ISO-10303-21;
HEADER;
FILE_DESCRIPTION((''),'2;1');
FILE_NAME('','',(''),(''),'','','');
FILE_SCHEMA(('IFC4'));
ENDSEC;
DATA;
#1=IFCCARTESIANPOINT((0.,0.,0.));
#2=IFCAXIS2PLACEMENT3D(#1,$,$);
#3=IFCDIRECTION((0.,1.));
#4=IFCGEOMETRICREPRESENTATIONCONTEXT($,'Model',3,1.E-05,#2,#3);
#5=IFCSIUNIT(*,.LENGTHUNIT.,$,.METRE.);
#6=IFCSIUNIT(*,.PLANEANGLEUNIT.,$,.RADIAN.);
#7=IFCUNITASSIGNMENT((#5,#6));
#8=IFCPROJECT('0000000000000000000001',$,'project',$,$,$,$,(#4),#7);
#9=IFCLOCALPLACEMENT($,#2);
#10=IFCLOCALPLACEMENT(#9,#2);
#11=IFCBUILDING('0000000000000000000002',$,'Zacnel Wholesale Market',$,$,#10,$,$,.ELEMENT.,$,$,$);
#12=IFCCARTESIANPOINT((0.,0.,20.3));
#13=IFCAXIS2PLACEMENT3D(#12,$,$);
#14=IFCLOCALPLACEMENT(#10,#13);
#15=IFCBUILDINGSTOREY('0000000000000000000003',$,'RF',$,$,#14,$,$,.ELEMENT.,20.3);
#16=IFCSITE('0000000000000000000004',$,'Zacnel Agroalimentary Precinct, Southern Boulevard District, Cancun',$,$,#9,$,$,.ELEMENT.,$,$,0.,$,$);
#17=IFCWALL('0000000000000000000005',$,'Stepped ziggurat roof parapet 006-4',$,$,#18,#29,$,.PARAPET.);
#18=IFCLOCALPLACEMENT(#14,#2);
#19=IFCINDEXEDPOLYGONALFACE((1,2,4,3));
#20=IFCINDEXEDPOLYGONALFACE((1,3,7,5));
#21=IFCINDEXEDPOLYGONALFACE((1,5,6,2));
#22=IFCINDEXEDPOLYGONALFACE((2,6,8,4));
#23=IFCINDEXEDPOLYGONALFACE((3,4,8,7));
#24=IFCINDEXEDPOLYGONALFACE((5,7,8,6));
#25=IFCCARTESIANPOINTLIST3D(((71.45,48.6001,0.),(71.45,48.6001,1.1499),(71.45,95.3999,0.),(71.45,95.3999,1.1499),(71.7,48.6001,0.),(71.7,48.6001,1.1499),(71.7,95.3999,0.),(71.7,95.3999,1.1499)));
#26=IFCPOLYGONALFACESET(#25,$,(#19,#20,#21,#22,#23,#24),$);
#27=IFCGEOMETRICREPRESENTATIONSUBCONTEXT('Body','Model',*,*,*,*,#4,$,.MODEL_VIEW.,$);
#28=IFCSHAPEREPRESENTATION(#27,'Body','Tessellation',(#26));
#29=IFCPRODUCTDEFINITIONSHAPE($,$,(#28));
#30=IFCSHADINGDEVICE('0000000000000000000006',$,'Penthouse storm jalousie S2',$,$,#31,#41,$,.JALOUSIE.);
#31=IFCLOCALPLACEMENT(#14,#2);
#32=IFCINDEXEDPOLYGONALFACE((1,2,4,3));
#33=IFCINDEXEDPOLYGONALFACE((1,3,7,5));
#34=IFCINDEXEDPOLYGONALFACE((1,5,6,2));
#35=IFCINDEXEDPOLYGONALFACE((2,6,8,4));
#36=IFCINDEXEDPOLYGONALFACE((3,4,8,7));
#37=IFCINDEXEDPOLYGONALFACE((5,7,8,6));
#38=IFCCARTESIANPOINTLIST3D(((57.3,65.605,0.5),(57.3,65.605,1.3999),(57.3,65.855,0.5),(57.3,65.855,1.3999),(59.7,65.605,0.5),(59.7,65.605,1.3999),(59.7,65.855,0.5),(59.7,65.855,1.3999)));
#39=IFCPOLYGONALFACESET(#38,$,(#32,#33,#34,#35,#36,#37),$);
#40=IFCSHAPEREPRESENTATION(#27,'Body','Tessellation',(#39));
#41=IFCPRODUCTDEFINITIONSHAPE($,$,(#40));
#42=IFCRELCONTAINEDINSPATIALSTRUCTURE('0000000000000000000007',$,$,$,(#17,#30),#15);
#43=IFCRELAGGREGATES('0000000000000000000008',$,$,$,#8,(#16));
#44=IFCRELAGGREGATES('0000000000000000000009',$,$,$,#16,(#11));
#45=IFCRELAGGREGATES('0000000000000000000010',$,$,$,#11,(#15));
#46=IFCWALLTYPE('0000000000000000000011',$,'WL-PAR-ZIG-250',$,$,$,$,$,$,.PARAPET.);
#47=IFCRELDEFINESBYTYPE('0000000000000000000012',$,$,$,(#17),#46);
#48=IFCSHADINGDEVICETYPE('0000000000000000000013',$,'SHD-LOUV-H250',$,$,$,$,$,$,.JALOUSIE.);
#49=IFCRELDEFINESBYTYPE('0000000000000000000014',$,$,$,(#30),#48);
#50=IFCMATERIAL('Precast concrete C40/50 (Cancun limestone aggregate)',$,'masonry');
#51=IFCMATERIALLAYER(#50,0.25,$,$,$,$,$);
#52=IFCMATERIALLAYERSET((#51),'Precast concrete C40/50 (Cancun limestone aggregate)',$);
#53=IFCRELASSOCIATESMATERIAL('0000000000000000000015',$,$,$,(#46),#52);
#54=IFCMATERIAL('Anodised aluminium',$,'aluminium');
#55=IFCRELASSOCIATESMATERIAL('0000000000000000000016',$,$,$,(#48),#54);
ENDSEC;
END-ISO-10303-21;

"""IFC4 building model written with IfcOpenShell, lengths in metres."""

from ifc_helpers import new_model, si_unit, direction, frame, frame_2d, origin, origin_2d, place, context, subcontext, project, spatial, rectangle, extrude, material, layer, layer_set, type_object, element, save


model = new_model("IFC4")

# Units and contexts
model_context = context("Model", 3, precision=1e-05, world=origin(), true_north=direction((0.0, 1.0)))
body_context = subcontext(model_context, "Body", "Model", "MODEL_VIEW")
ifc_project = project(units=[si_unit("LENGTHUNIT", "METRE"), si_unit("PLANEANGLEUNIT", "RADIAN")], contexts=[model_context])

# Site, building, storey
site_placement = place(None, origin())
site = spatial("IfcSite", under=ifc_project, at=site_placement, Name="Zacnel Agroalimentary Precinct, Southern Boulevard District, Cancun", CompositionType="ELEMENT", RefElevation=0.0)
building_placement = place(site_placement, origin())
building = spatial("IfcBuilding", under=site, at=building_placement, Name="Zacnel Wholesale Market", CompositionType="ELEMENT")
storey_placement = place(building_placement, frame((0.0, 0.0, 20.3)))
storey = spatial("IfcBuildingStorey", under=building, at=storey_placement, Name="RF", CompositionType="ELEMENT", Elevation=20.3)

# Wall
ifc_material_1 = material(Name="Precast concrete C40/50 (Cancun limestone aggregate)", Category="masonry")
ifc_layer_1 = layer(ifc_material_1, 0.25)
ifc_layer_set_1 = layer_set([ifc_layer_1], Name="Precast concrete C40/50 (Cancun limestone aggregate)")
wall_type_1 = type_object("IfcWallType", Name="WL-PAR-ZIG-250", PredefinedType="PARAPET", material=ifc_layer_set_1)
wall_1_placement = place(storey_placement, frame((71.575, 48.6001, 0.0), z_axis=(0.0, 0.0, 1.0), x_axis=(0.0, 1.0, 0.0)))
element("IfcWall", 1, at=wall_1_placement, inside=storey, type_object=wall_type_1, Name="Stepped ziggurat roof parapet 006-4", PredefinedType="PARAPET", context=body_context, shape_type="SweptSolid", body=[
    extrude(rectangle(XDim=46.7998, YDim=0.25, at=frame_2d((23.3999, 0.0))), origin(), (0.0, 0.0, 1.0), 1.1499),
])

# Shading device
ifc_material_2 = material(Name="Anodised aluminium", Category="aluminium")
shading_device_type = type_object("IfcShadingDeviceType", Name="SHD-LOUV-H250", PredefinedType="JALOUSIE", material=ifc_material_2)
shading_device_placement = place(storey_placement, frame((58.5, 65.73, 0.5), z_axis=(0.0, 0.0, 1.0), x_axis=(1.0, 0.0, 0.0)))
element("IfcShadingDevice", 2, at=shading_device_placement, inside=storey, type_object=shading_device_type, Name="Penthouse storm jalousie S2", PredefinedType="JALOUSIE", context=body_context, shape_type="SweptSolid", body=[
    extrude(rectangle(XDim=2.3999, YDim=0.25, at=origin_2d()), origin(), (0.0, 0.0, 1.0), 0.8999),
])

save(model, "model.ifc")
